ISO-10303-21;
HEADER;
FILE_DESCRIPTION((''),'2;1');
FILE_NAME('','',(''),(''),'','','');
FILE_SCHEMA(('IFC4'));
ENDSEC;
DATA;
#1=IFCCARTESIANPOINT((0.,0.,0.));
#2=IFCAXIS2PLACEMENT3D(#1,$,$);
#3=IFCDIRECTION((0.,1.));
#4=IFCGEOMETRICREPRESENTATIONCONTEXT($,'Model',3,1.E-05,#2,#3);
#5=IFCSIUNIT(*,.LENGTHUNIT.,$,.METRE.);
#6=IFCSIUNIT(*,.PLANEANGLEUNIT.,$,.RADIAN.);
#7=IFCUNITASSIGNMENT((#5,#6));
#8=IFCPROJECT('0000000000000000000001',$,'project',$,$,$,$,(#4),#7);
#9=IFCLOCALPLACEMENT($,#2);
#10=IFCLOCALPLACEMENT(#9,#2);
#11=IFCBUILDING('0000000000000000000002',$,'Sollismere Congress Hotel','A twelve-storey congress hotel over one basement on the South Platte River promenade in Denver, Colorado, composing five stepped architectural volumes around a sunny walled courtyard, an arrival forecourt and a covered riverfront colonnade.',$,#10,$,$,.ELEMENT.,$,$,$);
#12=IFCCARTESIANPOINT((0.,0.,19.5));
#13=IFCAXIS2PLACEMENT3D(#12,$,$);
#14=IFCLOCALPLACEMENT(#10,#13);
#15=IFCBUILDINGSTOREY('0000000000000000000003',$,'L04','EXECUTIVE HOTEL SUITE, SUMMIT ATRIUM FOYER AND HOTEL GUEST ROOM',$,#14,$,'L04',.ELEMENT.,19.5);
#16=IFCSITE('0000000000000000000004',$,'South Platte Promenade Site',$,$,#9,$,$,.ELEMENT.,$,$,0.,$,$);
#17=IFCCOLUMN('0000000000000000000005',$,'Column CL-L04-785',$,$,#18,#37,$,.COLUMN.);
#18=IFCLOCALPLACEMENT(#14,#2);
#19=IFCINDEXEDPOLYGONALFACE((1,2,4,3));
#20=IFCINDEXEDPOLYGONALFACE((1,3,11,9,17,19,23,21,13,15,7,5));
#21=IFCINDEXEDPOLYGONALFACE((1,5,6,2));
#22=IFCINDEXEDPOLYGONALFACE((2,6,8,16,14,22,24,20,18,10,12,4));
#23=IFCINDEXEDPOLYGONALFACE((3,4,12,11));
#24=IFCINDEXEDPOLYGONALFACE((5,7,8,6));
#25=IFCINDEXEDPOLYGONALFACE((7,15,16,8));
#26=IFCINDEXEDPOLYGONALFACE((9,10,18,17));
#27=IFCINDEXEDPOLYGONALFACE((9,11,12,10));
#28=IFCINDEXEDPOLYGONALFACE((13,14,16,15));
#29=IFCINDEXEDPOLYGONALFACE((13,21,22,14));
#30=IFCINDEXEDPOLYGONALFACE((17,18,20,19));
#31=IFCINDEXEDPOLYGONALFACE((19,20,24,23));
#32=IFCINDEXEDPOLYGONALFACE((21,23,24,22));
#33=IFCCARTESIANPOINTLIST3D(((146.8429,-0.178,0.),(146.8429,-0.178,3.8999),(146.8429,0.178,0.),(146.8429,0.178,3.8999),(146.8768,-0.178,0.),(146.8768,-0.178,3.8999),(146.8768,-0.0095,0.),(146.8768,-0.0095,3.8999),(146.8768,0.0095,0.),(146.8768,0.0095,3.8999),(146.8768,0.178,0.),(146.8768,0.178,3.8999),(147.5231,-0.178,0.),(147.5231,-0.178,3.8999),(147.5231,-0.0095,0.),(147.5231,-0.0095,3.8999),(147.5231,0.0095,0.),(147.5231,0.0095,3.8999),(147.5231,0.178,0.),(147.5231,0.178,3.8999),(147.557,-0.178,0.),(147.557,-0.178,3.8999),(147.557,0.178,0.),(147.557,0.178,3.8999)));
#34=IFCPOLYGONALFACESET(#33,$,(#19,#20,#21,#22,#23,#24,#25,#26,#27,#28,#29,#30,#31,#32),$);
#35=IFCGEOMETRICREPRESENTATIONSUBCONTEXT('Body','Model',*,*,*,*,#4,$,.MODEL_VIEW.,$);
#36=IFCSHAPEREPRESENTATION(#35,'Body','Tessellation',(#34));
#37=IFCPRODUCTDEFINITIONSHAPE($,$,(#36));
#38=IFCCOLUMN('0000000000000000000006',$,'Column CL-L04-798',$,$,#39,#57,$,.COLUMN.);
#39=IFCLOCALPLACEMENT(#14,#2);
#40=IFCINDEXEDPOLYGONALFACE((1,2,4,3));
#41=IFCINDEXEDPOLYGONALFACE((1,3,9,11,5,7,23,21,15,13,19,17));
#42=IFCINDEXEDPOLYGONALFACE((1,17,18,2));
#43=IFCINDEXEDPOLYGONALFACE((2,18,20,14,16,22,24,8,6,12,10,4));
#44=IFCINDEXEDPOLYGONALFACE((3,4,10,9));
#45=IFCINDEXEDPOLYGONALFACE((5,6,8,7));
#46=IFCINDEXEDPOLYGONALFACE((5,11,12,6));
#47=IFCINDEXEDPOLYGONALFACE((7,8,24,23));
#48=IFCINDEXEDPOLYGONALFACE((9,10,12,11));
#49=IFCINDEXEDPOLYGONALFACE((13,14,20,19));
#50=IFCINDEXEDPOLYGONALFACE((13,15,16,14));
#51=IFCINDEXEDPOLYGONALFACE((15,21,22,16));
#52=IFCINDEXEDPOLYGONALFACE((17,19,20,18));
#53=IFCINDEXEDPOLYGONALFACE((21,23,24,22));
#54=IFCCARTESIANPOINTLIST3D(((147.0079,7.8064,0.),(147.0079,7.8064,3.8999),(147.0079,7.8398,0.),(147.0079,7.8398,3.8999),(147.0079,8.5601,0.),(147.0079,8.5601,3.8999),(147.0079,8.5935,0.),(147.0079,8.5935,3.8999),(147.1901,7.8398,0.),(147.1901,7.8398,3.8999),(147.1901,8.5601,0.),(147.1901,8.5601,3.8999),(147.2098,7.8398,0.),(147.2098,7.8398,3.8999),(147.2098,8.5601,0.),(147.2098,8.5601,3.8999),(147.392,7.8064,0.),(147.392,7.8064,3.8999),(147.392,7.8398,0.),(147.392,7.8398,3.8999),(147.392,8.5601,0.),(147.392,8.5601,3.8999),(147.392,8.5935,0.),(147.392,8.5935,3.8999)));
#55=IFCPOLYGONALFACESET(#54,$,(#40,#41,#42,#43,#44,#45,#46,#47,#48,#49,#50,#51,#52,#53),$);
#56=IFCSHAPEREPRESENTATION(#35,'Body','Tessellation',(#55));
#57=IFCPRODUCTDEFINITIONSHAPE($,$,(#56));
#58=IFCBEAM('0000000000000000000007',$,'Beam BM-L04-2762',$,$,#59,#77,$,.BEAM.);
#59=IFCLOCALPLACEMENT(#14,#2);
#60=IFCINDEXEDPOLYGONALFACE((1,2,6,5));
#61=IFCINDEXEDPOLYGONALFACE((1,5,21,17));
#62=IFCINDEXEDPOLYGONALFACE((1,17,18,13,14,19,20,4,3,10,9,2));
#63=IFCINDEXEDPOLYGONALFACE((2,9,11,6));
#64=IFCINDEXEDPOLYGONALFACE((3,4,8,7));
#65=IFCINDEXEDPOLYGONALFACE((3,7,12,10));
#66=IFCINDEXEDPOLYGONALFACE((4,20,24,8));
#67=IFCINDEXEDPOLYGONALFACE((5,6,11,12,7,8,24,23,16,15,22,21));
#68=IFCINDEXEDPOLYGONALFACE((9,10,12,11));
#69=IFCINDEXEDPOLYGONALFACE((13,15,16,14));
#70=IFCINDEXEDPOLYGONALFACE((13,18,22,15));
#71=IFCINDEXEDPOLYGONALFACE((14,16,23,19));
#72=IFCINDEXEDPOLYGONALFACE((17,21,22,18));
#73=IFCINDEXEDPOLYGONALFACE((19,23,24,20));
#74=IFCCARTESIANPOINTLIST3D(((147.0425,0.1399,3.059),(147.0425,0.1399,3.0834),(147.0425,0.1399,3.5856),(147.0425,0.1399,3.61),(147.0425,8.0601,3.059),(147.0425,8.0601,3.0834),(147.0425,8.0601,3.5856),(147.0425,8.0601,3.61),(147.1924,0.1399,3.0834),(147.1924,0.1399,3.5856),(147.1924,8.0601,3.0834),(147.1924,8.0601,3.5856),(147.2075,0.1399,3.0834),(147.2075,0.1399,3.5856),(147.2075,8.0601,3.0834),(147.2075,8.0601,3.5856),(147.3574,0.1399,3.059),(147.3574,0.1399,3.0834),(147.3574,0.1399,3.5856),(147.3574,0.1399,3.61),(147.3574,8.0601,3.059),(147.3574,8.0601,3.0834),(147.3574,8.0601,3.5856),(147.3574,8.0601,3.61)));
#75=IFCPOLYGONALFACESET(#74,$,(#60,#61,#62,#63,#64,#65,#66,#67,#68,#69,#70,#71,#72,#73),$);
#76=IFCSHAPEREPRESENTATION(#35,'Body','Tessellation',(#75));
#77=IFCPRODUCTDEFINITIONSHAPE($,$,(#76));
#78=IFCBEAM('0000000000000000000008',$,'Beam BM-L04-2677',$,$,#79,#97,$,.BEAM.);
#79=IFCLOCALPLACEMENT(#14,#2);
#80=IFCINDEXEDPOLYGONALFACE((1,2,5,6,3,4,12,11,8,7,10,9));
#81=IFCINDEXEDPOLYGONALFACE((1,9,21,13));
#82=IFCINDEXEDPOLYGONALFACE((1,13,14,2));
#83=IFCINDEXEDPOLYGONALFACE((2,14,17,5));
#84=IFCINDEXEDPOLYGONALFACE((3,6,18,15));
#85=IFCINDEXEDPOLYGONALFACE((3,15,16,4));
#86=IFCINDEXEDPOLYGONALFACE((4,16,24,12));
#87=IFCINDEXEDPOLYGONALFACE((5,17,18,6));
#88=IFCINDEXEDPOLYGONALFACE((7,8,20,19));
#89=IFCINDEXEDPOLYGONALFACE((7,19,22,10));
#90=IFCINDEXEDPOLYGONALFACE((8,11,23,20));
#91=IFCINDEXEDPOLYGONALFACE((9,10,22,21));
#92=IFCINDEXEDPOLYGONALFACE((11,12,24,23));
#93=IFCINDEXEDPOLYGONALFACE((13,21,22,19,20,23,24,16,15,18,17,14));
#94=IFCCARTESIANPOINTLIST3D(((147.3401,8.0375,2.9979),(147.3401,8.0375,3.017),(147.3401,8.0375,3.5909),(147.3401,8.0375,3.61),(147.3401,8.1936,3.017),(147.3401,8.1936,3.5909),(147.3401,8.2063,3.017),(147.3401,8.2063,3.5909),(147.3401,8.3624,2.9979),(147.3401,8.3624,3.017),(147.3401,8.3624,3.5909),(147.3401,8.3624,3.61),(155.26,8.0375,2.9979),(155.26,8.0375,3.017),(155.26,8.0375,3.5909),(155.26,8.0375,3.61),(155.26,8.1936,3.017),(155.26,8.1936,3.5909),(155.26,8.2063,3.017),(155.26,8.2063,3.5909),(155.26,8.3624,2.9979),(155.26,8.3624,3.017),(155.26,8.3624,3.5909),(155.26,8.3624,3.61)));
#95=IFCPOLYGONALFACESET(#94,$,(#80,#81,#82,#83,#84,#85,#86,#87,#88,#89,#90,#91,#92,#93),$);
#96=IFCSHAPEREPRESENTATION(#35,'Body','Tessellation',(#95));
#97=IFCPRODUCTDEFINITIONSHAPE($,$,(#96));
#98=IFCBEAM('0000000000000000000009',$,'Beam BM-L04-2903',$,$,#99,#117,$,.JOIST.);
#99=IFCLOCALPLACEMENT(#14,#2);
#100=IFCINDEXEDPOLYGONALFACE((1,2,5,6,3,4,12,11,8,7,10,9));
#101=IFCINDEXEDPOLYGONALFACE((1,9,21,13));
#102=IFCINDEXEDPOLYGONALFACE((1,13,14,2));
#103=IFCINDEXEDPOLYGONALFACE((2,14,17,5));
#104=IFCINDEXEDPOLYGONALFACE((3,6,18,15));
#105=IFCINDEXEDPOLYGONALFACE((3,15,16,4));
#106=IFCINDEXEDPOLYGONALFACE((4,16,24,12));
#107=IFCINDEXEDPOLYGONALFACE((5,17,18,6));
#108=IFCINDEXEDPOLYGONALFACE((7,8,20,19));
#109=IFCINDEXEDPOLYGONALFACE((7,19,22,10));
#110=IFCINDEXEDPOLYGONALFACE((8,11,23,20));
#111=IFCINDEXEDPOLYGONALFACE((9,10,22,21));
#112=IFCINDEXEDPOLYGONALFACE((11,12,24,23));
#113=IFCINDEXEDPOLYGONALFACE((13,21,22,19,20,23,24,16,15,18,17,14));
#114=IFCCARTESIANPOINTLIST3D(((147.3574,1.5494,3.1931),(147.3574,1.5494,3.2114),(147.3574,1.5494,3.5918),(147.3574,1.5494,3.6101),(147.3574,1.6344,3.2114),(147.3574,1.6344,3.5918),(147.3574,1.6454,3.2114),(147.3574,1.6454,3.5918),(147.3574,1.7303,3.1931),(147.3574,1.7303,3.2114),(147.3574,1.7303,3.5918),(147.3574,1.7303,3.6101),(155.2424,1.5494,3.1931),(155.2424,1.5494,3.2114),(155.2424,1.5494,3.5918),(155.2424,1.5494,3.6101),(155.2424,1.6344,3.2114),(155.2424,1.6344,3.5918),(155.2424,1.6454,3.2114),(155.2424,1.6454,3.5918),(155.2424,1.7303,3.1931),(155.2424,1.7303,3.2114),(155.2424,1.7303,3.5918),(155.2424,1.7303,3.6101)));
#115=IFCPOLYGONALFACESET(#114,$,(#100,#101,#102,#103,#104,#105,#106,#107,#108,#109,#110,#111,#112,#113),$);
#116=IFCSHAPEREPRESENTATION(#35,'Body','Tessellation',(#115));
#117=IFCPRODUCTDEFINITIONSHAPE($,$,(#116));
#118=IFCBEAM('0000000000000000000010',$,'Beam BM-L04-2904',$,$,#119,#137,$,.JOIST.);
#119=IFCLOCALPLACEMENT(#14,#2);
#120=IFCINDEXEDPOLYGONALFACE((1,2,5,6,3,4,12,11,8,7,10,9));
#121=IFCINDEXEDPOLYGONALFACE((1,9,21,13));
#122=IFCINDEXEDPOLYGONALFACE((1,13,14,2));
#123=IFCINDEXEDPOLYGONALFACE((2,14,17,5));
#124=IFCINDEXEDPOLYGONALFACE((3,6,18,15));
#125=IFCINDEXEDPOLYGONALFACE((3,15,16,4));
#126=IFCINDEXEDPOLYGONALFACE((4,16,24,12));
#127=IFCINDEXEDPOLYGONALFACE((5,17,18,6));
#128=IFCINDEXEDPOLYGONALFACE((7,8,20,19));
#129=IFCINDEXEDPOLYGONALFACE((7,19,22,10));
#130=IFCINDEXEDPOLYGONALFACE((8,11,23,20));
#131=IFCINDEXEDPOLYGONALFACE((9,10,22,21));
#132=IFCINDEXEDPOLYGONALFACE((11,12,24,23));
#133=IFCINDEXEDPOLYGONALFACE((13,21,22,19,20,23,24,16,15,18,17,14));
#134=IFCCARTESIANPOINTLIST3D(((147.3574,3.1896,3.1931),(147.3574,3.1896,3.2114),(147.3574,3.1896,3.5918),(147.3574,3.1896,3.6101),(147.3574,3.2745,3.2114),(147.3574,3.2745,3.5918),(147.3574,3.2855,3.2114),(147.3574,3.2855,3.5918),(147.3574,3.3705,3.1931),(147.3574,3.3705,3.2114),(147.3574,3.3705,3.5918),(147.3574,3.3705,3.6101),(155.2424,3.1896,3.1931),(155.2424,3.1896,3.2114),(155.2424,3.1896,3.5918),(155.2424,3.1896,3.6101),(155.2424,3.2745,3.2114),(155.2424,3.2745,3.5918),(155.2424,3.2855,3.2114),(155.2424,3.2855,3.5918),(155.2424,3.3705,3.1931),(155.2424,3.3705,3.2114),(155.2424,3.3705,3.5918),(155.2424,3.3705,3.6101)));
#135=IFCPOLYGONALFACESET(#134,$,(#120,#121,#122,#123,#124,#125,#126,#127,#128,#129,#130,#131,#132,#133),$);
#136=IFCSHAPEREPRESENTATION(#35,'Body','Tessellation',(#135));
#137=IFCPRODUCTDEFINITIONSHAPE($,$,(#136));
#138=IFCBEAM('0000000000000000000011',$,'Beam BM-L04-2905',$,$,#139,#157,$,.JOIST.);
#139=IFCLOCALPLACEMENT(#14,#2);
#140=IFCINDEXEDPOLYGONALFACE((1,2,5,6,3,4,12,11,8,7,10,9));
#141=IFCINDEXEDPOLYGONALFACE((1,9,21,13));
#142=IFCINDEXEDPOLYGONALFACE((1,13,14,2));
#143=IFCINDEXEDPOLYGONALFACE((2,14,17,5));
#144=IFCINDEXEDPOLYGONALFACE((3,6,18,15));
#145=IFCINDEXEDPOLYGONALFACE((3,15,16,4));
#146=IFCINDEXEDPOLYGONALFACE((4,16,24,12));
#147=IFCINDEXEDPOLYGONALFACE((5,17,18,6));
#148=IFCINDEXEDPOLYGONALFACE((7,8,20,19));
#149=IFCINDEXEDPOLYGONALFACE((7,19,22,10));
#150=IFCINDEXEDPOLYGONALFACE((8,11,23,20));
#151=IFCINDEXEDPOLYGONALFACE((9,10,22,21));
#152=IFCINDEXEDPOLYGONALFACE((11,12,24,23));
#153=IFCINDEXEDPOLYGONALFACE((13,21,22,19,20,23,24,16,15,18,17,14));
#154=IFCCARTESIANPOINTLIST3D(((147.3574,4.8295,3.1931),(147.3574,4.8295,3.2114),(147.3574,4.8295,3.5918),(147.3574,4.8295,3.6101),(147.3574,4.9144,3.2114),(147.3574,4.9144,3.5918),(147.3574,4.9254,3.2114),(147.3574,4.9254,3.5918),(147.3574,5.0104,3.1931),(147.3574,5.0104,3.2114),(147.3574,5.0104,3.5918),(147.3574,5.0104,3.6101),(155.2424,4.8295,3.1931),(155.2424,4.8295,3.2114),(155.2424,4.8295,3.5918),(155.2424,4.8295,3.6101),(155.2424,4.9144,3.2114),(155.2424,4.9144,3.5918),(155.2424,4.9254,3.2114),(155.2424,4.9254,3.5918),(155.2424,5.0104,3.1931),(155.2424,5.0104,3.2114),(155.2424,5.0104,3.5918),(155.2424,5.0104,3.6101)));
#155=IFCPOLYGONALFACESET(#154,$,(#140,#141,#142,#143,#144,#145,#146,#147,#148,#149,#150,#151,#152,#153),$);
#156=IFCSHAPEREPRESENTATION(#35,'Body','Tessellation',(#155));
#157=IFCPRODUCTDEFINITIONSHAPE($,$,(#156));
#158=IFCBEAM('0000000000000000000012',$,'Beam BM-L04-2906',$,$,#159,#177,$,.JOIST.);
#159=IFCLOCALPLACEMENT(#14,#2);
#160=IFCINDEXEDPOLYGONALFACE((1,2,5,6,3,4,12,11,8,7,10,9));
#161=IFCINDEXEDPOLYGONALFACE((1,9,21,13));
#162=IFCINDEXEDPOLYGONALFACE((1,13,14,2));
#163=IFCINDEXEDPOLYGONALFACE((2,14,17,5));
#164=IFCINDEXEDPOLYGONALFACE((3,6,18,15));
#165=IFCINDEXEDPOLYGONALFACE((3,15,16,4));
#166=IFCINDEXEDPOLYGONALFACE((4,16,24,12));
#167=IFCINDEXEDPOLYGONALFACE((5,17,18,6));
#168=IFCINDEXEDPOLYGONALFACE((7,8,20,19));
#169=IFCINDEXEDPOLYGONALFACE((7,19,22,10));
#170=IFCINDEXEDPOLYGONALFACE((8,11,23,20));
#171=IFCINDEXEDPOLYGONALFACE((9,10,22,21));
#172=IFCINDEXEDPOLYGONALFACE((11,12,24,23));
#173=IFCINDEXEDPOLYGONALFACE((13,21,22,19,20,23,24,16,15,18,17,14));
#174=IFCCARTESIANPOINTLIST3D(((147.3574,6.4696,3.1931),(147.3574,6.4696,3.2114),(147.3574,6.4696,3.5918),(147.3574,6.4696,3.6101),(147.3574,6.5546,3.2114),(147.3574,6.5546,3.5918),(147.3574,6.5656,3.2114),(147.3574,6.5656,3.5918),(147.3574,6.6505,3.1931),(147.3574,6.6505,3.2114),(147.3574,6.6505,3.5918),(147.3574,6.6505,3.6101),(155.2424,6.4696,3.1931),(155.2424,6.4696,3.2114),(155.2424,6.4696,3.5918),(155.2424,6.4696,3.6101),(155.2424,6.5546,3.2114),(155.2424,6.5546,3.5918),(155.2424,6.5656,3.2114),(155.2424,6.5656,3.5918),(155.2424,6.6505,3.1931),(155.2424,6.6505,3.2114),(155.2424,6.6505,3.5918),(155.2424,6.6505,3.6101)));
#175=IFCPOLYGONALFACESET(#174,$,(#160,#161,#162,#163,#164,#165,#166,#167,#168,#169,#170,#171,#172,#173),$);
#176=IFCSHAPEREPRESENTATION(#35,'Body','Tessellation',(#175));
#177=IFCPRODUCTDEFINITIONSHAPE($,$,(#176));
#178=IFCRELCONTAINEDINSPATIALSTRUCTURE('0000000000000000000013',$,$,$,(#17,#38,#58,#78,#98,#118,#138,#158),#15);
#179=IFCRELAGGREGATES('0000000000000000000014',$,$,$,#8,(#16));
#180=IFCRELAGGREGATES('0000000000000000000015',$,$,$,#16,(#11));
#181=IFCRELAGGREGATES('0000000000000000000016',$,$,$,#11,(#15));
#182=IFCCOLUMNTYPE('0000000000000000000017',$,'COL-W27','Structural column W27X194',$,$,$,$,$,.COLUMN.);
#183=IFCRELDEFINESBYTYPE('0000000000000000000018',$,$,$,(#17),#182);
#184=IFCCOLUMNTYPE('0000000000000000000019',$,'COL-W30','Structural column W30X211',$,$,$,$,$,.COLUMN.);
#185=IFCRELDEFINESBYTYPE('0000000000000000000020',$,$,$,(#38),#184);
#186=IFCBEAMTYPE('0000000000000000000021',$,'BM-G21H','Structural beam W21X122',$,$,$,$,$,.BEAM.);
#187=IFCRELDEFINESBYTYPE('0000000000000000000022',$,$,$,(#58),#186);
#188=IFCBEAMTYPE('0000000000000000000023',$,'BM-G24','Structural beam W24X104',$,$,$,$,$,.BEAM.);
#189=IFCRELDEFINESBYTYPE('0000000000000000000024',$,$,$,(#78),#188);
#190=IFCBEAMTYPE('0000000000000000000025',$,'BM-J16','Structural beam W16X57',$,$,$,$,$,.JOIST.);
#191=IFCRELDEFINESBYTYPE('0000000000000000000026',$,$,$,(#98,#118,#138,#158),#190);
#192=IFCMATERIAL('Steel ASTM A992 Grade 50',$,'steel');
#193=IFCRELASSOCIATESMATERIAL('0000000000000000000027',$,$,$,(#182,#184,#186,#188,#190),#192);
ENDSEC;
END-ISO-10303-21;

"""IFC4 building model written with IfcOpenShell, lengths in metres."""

from ifc_helpers import new_model, si_unit, direction, frame, origin, origin_2d, place, context, subcontext, project, spatial, i_section, extrude, material, material_profile, profile_set, type_object, element, save


model = new_model("IFC4")

# Units and contexts
model_context = context("Model", 3, precision=1e-05, world=origin(), true_north=direction((0.0, 1.0)))
body_context = subcontext(model_context, "Body", "Model", "MODEL_VIEW")
ifc_project = project(units=[si_unit("LENGTHUNIT", "METRE"), si_unit("PLANEANGLEUNIT", "RADIAN")], contexts=[model_context])

# Site, building, storey
site_placement = place(None, origin())
site = spatial("IfcSite", under=ifc_project, at=site_placement, Name="South Platte Promenade Site", CompositionType="ELEMENT", RefElevation=0.0)
building_placement = place(site_placement, origin())
building = spatial("IfcBuilding", under=site, at=building_placement, Name="Sollismere Congress Hotel", Description="A twelve-storey congress hotel over one basement on the South Platte River promenade in Denver, Colorado, composing five stepped architectural volumes around a sunny walled courtyard, an arrival forecourt and a covered riverfront colonnade.", CompositionType="ELEMENT")
storey_placement = place(building_placement, frame((0.0, 0.0, 19.5)))
storey = spatial("IfcBuildingStorey", under=building, at=storey_placement, Name="L04", Description="EXECUTIVE HOTEL SUITE, SUMMIT ATRIUM FOYER AND HOTEL GUEST ROOM", LongName="L04", CompositionType="ELEMENT", Elevation=19.5)

# Columns
ifc_material_1 = material(Name="Steel ASTM A992 Grade 50", Category="steel")
ifc_material_profile_1 = material_profile(ifc_material_1, i_section(OverallWidth=0.356, OverallDepth=0.7141, WebThickness=0.019, FlangeThickness=0.0339, at=origin_2d()), Name="W27X194")
ifc_profile_set_1 = profile_set([ifc_material_profile_1], Name="Steel ASTM A992 Grade 50")
column_type_1 = type_object("IfcColumnType", Name="COL-W27", Description="Structural column W27X194", PredefinedType="COLUMN", material=ifc_profile_set_1)
column_1_placement = place(storey_placement, frame((147.2, 0.0, 0.0), z_axis=(0.0, 0.0, 1.0), x_axis=(0.0, 1.0, 0.0)))
element("IfcColumn", 1, at=column_1_placement, inside=storey, type_object=column_type_1, Name="Column CL-L04-785", PredefinedType="COLUMN", context=body_context, shape_type="SweptSolid", body=[
    extrude(i_section(OverallWidth=0.356, OverallDepth=0.7141, WebThickness=0.019, FlangeThickness=0.0339, at=origin_2d()), origin(), (0.0, 0.0, 1.0), 3.8999),
])
ifc_material_profile_2 = material_profile(ifc_material_1, i_section(OverallWidth=0.384, OverallDepth=0.7871, WebThickness=0.0198, FlangeThickness=0.0334, at=origin_2d()), Name="W30X211")
ifc_profile_set_2 = profile_set([ifc_material_profile_2], Name="Steel ASTM A992 Grade 50")
column_type_2 = type_object("IfcColumnType", Name="COL-W30", Description="Structural column W30X211", PredefinedType="COLUMN", material=ifc_profile_set_2)
column_2_placement = place(storey_placement, frame((147.2, 8.2, 0.0), z_axis=(0.0, 0.0, 1.0), x_axis=(1.0, 0.0, 0.0)))
element("IfcColumn", 2, at=column_2_placement, inside=storey, type_object=column_type_2, Name="Column CL-L04-798", PredefinedType="COLUMN", context=body_context, shape_type="SweptSolid", body=[
    extrude(i_section(OverallWidth=0.384, OverallDepth=0.7871, WebThickness=0.0198, FlangeThickness=0.0334, at=origin_2d()), origin(), (0.0, 0.0, 1.0), 3.8999),
])

# Beams
ifc_material_profile_3 = material_profile(ifc_material_1, i_section(OverallWidth=0.3149, OverallDepth=0.551, WebThickness=0.0151, FlangeThickness=0.0244, at=origin_2d()), Name="W21X122")
ifc_profile_set_3 = profile_set([ifc_material_profile_3], Name="Steel ASTM A992 Grade 50")
beam_type_1 = type_object("IfcBeamType", Name="BM-G21H", Description="Structural beam W21X122", PredefinedType="BEAM", material=ifc_profile_set_3)
beam_1_placement = place(storey_placement, frame((147.2, 0.1399, 3.3345), z_axis=(0.0, 1.0, 0.0), x_axis=(-1.0, 0.0, 0.0)))
element("IfcBeam", 3, at=beam_1_placement, inside=storey, type_object=beam_type_1, Name="Beam BM-L04-2762", PredefinedType="BEAM", context=body_context, shape_type="SweptSolid", body=[
    extrude(i_section(OverallWidth=0.3149, OverallDepth=0.551, WebThickness=0.0151, FlangeThickness=0.0244, at=origin_2d()), origin(), (0.0, 0.0, 1.0), 7.9202),
])
ifc_material_profile_4 = material_profile(ifc_material_1, i_section(OverallWidth=0.325, OverallDepth=0.6121, WebThickness=0.0127, FlangeThickness=0.019, at=origin_2d()), Name="W24X104")
ifc_profile_set_4 = profile_set([ifc_material_profile_4], Name="Steel ASTM A992 Grade 50")
beam_type_2 = type_object("IfcBeamType", Name="BM-G24", Description="Structural beam W24X104", PredefinedType="BEAM", material=ifc_profile_set_4)
beam_2_placement = place(storey_placement, frame((147.3401, 8.2, 3.304), z_axis=(1.0, 0.0, 0.0), x_axis=(0.0, 1.0, 0.0)))
element("IfcBeam", 4, at=beam_2_placement, inside=storey, type_object=beam_type_2, Name="Beam BM-L04-2677", PredefinedType="BEAM", context=body_context, shape_type="SweptSolid", body=[
    extrude(i_section(OverallWidth=0.325, OverallDepth=0.6121, WebThickness=0.0127, FlangeThickness=0.019, at=origin_2d()), origin(), (0.0, 0.0, 1.0), 7.9199),
])
ifc_material_profile_5 = material_profile(ifc_material_1, i_section(OverallWidth=0.1809, OverallDepth=0.417, WebThickness=0.011, FlangeThickness=0.0183, at=origin_2d()), Name="W16X57")
ifc_profile_set_5 = profile_set([ifc_material_profile_5], Name="Steel ASTM A992 Grade 50")
beam_type_3 = type_object("IfcBeamType", Name="BM-J16", Description="Structural beam W16X57", PredefinedType="JOIST", material=ifc_profile_set_5)
for number, where, z_axis, x_axis, name in (
    (5, (147.3574, 1.6399, 3.4016), (1.0, 0.0, 0.0), (0.0, 1.0, 0.0), "Beam BM-L04-2903"),
    (6, (147.3574, 3.28, 3.4016), (1.0, 0.0, 0.0), (0.0, 1.0, 0.0), "Beam BM-L04-2904"),
    (7, (147.3574, 4.9199, 3.4016), (1.0, 0.0, 0.0), (0.0, 1.0, 0.0), "Beam BM-L04-2905"),
    (8, (147.3574, 6.5601, 3.4016), (1.0, 0.0, 0.0), (0.0, 1.0, 0.0), "Beam BM-L04-2906"),
):
    element("IfcBeam", number, at=place(storey_placement, frame(where, z_axis=z_axis, x_axis=x_axis)), inside=storey, type_object=beam_type_3, Name=name, PredefinedType="JOIST", context=body_context, shape_type="SweptSolid", body=[
        extrude(i_section(OverallWidth=0.1809, OverallDepth=0.417, WebThickness=0.011, FlangeThickness=0.0183, at=origin_2d()), origin(), (0.0, 0.0, 1.0), 7.885),
    ])

save(model, "model.ifc")
